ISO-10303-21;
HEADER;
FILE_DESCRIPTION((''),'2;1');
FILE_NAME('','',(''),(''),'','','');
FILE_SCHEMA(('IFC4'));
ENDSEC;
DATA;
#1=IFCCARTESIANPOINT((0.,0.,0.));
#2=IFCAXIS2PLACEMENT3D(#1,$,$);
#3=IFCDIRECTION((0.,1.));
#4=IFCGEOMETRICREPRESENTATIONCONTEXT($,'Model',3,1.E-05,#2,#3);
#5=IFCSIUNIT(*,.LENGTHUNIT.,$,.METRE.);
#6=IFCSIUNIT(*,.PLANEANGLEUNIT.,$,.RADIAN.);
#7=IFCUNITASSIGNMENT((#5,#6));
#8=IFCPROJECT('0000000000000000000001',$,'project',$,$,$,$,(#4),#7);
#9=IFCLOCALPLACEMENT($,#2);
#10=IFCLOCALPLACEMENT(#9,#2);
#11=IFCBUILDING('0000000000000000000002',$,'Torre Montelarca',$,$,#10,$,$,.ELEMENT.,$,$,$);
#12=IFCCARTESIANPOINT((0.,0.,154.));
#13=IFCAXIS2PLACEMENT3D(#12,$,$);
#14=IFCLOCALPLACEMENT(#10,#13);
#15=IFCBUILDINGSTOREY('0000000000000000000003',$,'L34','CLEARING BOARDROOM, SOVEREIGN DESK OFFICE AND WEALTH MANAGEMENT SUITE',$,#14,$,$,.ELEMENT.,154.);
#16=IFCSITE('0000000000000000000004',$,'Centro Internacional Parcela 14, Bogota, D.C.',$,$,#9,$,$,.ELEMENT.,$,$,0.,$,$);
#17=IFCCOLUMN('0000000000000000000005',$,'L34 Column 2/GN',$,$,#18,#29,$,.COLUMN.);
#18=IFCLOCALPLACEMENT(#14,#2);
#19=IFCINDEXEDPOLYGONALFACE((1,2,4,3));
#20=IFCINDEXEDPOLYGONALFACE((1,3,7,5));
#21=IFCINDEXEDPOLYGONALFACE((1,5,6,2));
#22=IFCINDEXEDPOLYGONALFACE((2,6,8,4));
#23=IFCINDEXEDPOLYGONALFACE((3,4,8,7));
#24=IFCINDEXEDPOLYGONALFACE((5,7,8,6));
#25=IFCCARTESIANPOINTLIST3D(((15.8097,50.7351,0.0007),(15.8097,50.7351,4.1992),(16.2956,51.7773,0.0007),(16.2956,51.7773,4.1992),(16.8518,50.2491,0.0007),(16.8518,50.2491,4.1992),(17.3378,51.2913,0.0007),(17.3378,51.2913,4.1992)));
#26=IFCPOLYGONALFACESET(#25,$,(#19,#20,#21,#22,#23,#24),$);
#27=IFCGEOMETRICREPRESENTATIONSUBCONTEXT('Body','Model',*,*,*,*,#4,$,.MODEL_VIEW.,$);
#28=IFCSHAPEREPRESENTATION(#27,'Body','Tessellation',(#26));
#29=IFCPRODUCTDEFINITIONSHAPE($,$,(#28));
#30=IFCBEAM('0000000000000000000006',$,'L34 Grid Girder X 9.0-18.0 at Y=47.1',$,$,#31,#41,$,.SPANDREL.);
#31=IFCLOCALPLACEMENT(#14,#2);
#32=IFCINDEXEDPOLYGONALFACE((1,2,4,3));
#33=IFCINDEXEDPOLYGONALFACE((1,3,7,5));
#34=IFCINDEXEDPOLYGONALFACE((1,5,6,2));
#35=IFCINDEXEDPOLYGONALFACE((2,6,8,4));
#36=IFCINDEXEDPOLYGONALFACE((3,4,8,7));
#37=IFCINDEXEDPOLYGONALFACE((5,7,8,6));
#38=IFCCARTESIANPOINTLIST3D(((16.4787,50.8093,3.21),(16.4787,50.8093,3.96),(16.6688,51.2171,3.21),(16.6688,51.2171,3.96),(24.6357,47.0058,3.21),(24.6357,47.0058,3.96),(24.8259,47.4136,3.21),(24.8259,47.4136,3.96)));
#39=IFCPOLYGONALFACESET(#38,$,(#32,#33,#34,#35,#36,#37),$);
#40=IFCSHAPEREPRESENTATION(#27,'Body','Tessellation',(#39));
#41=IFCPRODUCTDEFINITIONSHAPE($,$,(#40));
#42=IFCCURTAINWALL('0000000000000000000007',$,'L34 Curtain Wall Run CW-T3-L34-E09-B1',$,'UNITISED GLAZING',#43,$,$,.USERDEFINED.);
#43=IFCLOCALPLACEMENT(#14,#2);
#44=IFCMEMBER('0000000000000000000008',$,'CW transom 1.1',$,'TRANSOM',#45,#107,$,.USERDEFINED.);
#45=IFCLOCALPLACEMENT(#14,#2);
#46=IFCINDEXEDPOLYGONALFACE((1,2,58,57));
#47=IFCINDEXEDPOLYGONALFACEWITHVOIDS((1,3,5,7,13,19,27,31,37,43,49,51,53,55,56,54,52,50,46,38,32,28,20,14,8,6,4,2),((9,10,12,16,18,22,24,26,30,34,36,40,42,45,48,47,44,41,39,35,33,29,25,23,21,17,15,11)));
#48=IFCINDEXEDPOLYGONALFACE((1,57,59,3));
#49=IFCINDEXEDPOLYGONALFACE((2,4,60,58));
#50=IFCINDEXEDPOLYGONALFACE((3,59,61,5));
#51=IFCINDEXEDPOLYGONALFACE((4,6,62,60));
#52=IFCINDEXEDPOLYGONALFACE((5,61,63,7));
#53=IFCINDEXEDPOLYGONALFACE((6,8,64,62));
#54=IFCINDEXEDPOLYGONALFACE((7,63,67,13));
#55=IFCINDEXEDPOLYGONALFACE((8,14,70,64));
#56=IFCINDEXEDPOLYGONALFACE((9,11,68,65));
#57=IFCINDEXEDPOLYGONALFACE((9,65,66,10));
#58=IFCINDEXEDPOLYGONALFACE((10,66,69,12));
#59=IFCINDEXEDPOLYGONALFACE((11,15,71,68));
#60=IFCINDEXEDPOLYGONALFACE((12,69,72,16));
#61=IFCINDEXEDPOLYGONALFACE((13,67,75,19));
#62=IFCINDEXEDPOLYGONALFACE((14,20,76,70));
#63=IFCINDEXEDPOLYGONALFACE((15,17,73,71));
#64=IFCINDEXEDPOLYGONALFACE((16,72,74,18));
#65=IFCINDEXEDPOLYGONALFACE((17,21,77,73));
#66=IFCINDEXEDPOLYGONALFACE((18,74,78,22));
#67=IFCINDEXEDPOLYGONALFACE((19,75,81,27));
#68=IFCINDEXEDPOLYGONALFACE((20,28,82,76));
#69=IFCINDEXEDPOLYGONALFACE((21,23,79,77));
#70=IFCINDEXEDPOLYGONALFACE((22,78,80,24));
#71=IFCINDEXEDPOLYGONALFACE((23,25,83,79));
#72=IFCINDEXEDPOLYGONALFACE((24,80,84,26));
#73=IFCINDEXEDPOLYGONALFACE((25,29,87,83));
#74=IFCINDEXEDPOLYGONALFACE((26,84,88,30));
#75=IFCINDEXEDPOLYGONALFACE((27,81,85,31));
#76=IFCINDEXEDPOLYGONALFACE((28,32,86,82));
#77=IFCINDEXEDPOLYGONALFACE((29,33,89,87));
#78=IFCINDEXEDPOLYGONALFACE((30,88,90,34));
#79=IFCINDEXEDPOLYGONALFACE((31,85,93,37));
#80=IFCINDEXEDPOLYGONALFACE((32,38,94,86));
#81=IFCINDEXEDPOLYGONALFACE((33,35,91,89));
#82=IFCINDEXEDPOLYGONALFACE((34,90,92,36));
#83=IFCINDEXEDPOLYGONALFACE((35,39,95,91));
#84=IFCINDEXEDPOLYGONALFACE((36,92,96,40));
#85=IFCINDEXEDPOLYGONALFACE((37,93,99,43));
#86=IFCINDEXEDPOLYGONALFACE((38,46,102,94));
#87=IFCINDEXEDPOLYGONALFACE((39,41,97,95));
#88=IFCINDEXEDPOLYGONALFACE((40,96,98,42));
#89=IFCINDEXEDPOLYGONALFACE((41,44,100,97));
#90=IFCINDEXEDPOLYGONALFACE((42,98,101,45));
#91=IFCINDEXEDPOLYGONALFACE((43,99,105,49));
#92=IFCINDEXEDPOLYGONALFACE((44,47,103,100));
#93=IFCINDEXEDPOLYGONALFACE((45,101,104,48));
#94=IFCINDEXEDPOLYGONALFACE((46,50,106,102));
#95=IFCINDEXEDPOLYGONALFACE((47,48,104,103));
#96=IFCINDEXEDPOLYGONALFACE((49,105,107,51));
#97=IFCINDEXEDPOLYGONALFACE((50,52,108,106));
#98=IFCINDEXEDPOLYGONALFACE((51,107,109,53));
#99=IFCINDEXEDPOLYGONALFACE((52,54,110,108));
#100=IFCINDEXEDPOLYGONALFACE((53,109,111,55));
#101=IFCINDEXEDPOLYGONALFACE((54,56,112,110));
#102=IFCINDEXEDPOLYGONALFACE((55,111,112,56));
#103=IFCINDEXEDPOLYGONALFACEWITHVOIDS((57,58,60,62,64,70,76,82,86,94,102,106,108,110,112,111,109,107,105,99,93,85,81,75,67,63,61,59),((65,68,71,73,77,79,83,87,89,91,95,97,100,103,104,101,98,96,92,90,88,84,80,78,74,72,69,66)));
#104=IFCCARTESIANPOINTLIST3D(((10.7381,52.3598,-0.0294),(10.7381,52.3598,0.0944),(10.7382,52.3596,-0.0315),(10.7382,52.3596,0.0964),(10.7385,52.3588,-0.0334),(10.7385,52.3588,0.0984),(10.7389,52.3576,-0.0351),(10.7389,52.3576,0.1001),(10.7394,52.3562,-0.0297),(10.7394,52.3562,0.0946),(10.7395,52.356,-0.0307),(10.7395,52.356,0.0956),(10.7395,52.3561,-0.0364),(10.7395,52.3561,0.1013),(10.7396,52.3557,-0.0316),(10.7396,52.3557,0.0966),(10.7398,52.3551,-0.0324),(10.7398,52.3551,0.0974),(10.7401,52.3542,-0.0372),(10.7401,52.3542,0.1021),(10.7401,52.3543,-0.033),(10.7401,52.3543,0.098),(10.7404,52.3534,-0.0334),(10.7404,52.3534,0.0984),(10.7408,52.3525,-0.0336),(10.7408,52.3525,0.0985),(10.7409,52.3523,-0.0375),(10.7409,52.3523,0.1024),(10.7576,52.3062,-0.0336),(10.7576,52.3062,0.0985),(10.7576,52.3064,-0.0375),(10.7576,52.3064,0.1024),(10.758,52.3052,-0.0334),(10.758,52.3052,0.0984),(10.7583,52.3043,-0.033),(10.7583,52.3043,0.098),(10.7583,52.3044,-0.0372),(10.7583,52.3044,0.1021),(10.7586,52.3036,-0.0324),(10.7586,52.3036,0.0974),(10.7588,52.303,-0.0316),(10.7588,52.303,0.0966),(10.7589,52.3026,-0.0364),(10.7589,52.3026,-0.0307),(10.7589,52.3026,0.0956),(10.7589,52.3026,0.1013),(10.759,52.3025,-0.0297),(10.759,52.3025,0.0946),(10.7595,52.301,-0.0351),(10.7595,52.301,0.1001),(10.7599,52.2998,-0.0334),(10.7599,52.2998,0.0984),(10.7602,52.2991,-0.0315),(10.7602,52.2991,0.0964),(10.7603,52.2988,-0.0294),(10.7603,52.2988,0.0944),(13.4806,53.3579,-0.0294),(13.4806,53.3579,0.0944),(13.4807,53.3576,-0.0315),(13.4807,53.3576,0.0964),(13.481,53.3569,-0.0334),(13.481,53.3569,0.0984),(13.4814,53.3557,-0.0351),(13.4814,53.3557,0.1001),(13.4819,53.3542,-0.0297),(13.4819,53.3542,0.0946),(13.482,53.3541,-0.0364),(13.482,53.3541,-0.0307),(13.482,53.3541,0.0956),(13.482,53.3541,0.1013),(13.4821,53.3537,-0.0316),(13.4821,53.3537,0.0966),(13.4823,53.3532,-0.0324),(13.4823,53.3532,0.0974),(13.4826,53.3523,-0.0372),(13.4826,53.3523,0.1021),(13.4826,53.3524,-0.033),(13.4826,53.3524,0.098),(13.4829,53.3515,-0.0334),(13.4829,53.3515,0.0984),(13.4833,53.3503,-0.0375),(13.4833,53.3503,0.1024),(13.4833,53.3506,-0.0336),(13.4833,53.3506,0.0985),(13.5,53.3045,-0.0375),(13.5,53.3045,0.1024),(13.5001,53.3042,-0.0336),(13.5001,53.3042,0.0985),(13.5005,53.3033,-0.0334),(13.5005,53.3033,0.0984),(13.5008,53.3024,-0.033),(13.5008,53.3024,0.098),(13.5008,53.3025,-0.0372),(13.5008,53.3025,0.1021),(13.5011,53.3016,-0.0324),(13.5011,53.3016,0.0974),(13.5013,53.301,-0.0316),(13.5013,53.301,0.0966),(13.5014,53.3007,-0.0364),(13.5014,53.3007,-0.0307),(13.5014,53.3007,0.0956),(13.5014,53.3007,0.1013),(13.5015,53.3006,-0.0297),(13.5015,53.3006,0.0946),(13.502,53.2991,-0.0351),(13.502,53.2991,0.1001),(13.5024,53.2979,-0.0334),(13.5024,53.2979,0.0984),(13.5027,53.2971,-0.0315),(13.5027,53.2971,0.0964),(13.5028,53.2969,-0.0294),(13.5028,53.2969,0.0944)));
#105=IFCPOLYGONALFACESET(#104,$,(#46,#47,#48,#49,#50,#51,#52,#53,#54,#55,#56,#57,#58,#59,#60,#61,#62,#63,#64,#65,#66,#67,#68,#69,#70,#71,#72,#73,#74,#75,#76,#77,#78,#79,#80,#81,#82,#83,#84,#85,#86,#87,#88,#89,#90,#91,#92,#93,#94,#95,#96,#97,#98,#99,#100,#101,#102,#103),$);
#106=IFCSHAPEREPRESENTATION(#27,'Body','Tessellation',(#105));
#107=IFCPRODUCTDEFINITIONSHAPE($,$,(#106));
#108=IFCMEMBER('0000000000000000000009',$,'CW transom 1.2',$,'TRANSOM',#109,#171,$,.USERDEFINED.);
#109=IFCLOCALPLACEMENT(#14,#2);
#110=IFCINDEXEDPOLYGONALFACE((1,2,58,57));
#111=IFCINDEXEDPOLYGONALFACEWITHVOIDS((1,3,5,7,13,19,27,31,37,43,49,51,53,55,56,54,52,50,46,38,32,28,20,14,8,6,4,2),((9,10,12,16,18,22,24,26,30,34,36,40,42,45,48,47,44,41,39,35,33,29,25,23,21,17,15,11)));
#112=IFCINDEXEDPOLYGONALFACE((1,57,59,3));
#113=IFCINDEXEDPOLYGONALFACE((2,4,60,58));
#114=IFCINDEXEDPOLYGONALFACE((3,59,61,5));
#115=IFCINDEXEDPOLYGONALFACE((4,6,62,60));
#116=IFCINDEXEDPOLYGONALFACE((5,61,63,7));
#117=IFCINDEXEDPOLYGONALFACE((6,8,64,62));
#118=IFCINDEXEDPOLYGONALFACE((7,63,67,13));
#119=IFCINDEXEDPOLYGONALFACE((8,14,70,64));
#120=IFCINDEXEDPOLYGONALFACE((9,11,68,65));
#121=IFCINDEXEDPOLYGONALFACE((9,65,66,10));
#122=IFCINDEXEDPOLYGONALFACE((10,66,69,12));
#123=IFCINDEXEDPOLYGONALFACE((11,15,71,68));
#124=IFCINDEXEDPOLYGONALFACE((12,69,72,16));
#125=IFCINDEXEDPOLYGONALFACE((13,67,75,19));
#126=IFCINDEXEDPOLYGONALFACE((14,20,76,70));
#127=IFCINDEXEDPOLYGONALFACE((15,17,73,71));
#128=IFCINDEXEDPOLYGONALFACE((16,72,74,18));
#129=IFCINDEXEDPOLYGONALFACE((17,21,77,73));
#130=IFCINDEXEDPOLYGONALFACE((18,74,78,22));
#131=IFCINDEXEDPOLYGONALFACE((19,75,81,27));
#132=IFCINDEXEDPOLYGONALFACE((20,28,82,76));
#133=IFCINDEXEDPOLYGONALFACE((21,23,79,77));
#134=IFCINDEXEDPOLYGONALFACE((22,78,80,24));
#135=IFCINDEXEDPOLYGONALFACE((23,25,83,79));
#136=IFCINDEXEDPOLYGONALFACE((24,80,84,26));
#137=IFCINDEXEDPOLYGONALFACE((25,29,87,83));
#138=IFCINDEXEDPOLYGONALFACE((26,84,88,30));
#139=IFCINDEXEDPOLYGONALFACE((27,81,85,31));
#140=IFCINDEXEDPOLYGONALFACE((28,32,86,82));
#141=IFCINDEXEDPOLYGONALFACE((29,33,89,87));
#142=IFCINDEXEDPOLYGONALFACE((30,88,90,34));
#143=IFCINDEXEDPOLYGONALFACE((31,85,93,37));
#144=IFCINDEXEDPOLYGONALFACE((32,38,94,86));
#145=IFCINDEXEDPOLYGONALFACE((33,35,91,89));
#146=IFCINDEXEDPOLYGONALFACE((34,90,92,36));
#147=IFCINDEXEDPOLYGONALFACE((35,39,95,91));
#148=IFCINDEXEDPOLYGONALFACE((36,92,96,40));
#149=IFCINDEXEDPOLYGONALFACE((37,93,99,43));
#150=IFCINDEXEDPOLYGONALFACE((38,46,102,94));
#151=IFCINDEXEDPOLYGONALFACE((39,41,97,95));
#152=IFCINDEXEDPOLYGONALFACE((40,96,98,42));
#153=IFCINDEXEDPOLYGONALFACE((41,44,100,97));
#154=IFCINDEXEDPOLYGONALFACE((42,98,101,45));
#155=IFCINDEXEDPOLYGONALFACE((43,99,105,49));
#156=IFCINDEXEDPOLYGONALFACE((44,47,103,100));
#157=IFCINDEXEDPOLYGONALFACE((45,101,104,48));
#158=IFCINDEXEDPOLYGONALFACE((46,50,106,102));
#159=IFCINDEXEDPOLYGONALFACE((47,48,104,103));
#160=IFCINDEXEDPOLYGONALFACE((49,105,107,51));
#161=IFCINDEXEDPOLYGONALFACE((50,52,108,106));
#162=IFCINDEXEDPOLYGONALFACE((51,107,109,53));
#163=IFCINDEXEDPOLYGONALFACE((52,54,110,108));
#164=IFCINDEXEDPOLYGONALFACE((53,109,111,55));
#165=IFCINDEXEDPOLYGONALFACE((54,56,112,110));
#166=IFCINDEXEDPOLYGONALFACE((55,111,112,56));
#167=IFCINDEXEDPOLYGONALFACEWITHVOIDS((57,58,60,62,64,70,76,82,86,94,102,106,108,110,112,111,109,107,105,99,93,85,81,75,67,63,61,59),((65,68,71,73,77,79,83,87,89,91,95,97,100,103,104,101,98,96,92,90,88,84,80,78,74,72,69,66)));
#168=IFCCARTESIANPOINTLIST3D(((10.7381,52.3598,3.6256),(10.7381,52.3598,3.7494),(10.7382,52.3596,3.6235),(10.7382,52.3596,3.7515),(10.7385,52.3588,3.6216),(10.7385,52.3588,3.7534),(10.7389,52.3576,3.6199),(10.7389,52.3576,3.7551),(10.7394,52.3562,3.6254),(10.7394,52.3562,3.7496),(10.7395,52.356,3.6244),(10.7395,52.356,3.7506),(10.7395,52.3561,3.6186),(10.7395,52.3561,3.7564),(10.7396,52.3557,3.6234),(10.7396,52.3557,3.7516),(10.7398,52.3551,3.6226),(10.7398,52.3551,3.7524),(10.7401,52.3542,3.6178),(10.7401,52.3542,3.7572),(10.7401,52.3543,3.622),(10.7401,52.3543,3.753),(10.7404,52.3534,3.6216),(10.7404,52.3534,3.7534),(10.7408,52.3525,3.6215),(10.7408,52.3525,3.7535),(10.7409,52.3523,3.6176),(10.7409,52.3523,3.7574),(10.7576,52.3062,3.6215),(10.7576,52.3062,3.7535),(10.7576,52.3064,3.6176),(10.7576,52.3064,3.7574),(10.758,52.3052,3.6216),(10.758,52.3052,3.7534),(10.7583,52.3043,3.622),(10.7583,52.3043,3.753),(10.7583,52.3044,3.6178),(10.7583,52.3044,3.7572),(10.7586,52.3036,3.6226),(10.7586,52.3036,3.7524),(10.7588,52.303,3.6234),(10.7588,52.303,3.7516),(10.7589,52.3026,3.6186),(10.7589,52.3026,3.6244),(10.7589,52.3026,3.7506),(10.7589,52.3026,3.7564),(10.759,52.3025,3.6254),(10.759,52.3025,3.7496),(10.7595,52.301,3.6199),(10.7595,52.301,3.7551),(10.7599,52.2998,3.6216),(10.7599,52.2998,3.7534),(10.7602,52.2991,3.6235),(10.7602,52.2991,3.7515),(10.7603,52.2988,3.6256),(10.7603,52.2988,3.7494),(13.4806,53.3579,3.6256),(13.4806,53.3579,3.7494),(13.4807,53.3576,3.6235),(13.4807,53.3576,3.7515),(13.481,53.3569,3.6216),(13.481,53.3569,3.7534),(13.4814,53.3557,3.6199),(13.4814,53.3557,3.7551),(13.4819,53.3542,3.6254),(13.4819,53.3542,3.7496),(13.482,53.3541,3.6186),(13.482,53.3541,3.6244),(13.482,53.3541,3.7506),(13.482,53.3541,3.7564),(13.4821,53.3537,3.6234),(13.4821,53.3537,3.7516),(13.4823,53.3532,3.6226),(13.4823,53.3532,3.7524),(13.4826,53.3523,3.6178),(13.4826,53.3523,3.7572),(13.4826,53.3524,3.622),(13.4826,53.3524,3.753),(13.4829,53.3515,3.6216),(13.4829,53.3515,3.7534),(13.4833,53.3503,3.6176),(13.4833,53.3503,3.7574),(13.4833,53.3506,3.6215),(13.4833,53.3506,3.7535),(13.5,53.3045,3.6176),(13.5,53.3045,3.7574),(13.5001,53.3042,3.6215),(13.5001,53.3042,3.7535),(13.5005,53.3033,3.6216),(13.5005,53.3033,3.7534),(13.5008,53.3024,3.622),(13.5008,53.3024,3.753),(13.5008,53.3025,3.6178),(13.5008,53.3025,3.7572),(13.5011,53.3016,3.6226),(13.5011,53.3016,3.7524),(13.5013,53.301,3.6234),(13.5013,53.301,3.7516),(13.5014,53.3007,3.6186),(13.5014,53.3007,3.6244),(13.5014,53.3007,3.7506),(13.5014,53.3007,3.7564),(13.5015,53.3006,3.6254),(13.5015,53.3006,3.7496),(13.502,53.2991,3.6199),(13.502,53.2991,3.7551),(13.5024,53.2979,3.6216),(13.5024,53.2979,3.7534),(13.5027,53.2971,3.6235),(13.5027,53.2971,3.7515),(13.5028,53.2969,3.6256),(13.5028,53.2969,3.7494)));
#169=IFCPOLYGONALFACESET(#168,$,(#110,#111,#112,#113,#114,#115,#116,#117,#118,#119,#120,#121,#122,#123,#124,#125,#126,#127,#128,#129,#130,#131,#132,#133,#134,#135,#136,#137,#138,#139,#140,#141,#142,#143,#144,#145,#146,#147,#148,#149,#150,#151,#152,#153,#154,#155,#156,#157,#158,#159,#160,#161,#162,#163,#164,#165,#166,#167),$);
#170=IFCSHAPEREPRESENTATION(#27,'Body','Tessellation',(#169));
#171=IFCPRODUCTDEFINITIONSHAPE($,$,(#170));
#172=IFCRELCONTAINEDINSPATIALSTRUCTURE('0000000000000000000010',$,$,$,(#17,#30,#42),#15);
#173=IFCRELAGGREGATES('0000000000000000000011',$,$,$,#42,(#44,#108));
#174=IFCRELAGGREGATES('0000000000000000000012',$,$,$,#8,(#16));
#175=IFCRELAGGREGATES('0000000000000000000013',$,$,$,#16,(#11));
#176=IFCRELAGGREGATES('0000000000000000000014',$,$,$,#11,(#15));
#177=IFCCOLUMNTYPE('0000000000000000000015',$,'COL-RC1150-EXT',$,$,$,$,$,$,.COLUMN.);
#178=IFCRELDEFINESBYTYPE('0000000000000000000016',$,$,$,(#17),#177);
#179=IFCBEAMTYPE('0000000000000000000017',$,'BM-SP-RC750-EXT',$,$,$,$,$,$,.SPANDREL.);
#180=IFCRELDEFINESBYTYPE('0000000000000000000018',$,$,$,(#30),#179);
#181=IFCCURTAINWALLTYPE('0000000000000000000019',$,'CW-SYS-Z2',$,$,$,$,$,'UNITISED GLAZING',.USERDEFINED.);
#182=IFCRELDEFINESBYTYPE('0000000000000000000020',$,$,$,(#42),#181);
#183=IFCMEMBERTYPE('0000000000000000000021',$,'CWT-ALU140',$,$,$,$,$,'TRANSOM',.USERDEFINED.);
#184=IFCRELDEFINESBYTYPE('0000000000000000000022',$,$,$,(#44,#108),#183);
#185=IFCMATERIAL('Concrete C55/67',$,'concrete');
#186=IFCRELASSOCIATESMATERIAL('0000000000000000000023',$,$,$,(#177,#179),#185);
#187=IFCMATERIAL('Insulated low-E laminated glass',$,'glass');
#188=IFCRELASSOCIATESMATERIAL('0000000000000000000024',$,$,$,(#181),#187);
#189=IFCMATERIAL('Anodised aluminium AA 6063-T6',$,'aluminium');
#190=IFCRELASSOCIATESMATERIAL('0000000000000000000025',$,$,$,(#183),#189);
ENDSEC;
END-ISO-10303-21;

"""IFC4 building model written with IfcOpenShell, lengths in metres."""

from ifc_helpers import new_model, si_unit, direction, frame, origin, origin_2d, place, context, subcontext, project, spatial, rectangle, hollow_rectangle, extrude, source, transform, mapped, material, material_profile, profile_set, type_object, element, aggregate, save


model = new_model("IFC4")

# Units and contexts
model_context = context("Model", 3, precision=1e-05, world=origin(), true_north=direction((0.0, 1.0)))
body_context = subcontext(model_context, "Body", "Model", "MODEL_VIEW")
ifc_project = project(units=[si_unit("LENGTHUNIT", "METRE"), si_unit("PLANEANGLEUNIT", "RADIAN")], contexts=[model_context])

# Site, building, storey
site_placement = place(None, origin())
site = spatial("IfcSite", under=ifc_project, at=site_placement, Name="Centro Internacional Parcela 14, Bogota, D.C.", CompositionType="ELEMENT", RefElevation=0.0)
building_placement = place(site_placement, origin())
building = spatial("IfcBuilding", under=site, at=building_placement, Name="Torre Montelarca", CompositionType="ELEMENT")
storey_placement = place(building_placement, frame((0.0, 0.0, 154.0)))
storey = spatial("IfcBuildingStorey", under=building, at=storey_placement, Name="L34", Description="CLEARING BOARDROOM, SOVEREIGN DESK OFFICE AND WEALTH MANAGEMENT SUITE", CompositionType="ELEMENT", Elevation=154.0)

# Column
ifc_material_1 = material(Name="Concrete C55/67", Category="concrete")
ifc_material_profile_1 = material_profile(ifc_material_1, rectangle(XDim=1.1499, YDim=1.1499, at=origin_2d()), Name="RC1150X1150", Category="concrete")
ifc_profile_set_1 = profile_set([ifc_material_profile_1], Name="Concrete C55/67")
column_type = type_object("IfcColumnType", Name="COL-RC1150-EXT", PredefinedType="COLUMN", material=ifc_profile_set_1)
shared_shape_1 = source(origin(), body_context, "Body", "SweptSolid", [
    extrude(rectangle(XDim=1.1499, YDim=1.1499, at=origin_2d()), origin(), (0.0, 0.0, 1.0), 4.1985),
])
column_placement = place(storey_placement, frame((16.5737, 51.0132, 0.0007), z_axis=(0.0, 0.0, 1.0), x_axis=(-0.906308, 0.422618, 0.0)))
element("IfcColumn", 1, at=column_placement, inside=storey, type_object=column_type, Name="L34 Column 2/GN", PredefinedType="COLUMN", context=body_context, shape_type="MappedRepresentation", body=[
    mapped(shared_shape_1, transform((0.0, 0.0, 0.0), scale=1.0)),
])

# Beam
ifc_material_profile_2 = material_profile(ifc_material_1, rectangle(XDim=0.45, YDim=0.75, at=origin_2d()), Name="RCB450X750", Category="concrete")
ifc_profile_set_2 = profile_set([ifc_material_profile_2], Name="Concrete C55/67")
beam_type = type_object("IfcBeamType", Name="BM-SP-RC750-EXT", PredefinedType="SPANDREL", material=ifc_profile_set_2)
shared_shape_2 = source(origin(), body_context, "Body", "SweptSolid", [
    extrude(rectangle(XDim=0.45, YDim=0.75, at=origin_2d()), origin(), (0.0, 0.0, 1.0), 9.0002),
])
beam_placement = place(storey_placement, frame((16.5737, 51.0132, 3.585), z_axis=(0.906316, -0.4226, 0.0), x_axis=(0.4226, 0.906316, 0.0)))
element("IfcBeam", 2, at=beam_placement, inside=storey, type_object=beam_type, Name="L34 Grid Girder X 9.0-18.0 at Y=47.1", PredefinedType="SPANDREL", context=body_context, shape_type="MappedRepresentation", body=[
    mapped(shared_shape_2, transform((0.0, 0.0, 0.0), scale=1.0)),
])

# Curtain wall, members
ifc_material_2 = material(Name="Insulated low-E laminated glass", Category="glass")
curtain_wall_type = type_object("IfcCurtainWallType", Name="CW-SYS-Z2", ElementType="UNITISED GLAZING", PredefinedType="USERDEFINED", material=ifc_material_2)
curtain_wall_1_placement = place(storey_placement, origin())
curtain_wall_1 = element("IfcCurtainWall", 3, at=curtain_wall_1_placement, inside=storey, type_object=curtain_wall_type, Name="L34 Curtain Wall Run CW-T3-L34-E09-B1", ObjectType="UNITISED GLAZING", PredefinedType="USERDEFINED")
ifc_material_3 = material(Name="Anodised aluminium AA 6063-T6", Category="aluminium")
ifc_material_profile_3 = material_profile(ifc_material_3, hollow_rectangle(XDim=0.0649, YDim=0.1399, WallThickness=0.0039, InnerFilletRadius=0.0039, OuterFilletRadius=0.0081, at=origin_2d()), Name="ALU65X140X4", Category="aluminium")
ifc_profile_set_3 = profile_set([ifc_material_profile_3], Name="Anodised aluminium AA 6063-T6")
member_type_1 = type_object("IfcMemberType", Name="CWT-ALU140", ElementType="TRANSOM", PredefinedType="USERDEFINED", material=ifc_profile_set_3)
shared_shape_3 = source(origin(), body_context, "Body", "SweptSolid", [
    extrude(hollow_rectangle(XDim=0.0649, YDim=0.1399, WallThickness=0.0039, InnerFilletRadius=0.0039, OuterFilletRadius=0.0081, at=origin_2d()), origin(), (0.0, 0.0, 1.0), 2.9185),
])
member_1_placement = place(storey_placement, frame((13.4917, 53.3274, 0.0325), z_axis=(-0.939705, -0.341985, 0.0), x_axis=(0.341985, -0.939705, 0.0)))
member_1 = element("IfcMember", 4, at=member_1_placement, type_object=member_type_1, Name="CW transom 1.1", ObjectType="TRANSOM", PredefinedType="USERDEFINED", context=body_context, shape_type="MappedRepresentation", body=[
    mapped(shared_shape_3, transform((0.0, 0.0, 0.0), scale=1.0)),
])
member_2_placement = place(storey_placement, frame((13.4917, 53.3274, 3.6875), z_axis=(-0.939705, -0.341985, 0.0), x_axis=(0.341985, -0.939705, 0.0)))
member_2 = element("IfcMember", 5, at=member_2_placement, type_object=member_type_1, Name="CW transom 1.2", ObjectType="TRANSOM", PredefinedType="USERDEFINED", context=body_context, shape_type="MappedRepresentation", body=[
    mapped(shared_shape_3, transform((0.0, 0.0, 0.0), scale=1.0)),
])

aggregate(curtain_wall_1, [member_1, member_2])

save(model, "model.ifc")
